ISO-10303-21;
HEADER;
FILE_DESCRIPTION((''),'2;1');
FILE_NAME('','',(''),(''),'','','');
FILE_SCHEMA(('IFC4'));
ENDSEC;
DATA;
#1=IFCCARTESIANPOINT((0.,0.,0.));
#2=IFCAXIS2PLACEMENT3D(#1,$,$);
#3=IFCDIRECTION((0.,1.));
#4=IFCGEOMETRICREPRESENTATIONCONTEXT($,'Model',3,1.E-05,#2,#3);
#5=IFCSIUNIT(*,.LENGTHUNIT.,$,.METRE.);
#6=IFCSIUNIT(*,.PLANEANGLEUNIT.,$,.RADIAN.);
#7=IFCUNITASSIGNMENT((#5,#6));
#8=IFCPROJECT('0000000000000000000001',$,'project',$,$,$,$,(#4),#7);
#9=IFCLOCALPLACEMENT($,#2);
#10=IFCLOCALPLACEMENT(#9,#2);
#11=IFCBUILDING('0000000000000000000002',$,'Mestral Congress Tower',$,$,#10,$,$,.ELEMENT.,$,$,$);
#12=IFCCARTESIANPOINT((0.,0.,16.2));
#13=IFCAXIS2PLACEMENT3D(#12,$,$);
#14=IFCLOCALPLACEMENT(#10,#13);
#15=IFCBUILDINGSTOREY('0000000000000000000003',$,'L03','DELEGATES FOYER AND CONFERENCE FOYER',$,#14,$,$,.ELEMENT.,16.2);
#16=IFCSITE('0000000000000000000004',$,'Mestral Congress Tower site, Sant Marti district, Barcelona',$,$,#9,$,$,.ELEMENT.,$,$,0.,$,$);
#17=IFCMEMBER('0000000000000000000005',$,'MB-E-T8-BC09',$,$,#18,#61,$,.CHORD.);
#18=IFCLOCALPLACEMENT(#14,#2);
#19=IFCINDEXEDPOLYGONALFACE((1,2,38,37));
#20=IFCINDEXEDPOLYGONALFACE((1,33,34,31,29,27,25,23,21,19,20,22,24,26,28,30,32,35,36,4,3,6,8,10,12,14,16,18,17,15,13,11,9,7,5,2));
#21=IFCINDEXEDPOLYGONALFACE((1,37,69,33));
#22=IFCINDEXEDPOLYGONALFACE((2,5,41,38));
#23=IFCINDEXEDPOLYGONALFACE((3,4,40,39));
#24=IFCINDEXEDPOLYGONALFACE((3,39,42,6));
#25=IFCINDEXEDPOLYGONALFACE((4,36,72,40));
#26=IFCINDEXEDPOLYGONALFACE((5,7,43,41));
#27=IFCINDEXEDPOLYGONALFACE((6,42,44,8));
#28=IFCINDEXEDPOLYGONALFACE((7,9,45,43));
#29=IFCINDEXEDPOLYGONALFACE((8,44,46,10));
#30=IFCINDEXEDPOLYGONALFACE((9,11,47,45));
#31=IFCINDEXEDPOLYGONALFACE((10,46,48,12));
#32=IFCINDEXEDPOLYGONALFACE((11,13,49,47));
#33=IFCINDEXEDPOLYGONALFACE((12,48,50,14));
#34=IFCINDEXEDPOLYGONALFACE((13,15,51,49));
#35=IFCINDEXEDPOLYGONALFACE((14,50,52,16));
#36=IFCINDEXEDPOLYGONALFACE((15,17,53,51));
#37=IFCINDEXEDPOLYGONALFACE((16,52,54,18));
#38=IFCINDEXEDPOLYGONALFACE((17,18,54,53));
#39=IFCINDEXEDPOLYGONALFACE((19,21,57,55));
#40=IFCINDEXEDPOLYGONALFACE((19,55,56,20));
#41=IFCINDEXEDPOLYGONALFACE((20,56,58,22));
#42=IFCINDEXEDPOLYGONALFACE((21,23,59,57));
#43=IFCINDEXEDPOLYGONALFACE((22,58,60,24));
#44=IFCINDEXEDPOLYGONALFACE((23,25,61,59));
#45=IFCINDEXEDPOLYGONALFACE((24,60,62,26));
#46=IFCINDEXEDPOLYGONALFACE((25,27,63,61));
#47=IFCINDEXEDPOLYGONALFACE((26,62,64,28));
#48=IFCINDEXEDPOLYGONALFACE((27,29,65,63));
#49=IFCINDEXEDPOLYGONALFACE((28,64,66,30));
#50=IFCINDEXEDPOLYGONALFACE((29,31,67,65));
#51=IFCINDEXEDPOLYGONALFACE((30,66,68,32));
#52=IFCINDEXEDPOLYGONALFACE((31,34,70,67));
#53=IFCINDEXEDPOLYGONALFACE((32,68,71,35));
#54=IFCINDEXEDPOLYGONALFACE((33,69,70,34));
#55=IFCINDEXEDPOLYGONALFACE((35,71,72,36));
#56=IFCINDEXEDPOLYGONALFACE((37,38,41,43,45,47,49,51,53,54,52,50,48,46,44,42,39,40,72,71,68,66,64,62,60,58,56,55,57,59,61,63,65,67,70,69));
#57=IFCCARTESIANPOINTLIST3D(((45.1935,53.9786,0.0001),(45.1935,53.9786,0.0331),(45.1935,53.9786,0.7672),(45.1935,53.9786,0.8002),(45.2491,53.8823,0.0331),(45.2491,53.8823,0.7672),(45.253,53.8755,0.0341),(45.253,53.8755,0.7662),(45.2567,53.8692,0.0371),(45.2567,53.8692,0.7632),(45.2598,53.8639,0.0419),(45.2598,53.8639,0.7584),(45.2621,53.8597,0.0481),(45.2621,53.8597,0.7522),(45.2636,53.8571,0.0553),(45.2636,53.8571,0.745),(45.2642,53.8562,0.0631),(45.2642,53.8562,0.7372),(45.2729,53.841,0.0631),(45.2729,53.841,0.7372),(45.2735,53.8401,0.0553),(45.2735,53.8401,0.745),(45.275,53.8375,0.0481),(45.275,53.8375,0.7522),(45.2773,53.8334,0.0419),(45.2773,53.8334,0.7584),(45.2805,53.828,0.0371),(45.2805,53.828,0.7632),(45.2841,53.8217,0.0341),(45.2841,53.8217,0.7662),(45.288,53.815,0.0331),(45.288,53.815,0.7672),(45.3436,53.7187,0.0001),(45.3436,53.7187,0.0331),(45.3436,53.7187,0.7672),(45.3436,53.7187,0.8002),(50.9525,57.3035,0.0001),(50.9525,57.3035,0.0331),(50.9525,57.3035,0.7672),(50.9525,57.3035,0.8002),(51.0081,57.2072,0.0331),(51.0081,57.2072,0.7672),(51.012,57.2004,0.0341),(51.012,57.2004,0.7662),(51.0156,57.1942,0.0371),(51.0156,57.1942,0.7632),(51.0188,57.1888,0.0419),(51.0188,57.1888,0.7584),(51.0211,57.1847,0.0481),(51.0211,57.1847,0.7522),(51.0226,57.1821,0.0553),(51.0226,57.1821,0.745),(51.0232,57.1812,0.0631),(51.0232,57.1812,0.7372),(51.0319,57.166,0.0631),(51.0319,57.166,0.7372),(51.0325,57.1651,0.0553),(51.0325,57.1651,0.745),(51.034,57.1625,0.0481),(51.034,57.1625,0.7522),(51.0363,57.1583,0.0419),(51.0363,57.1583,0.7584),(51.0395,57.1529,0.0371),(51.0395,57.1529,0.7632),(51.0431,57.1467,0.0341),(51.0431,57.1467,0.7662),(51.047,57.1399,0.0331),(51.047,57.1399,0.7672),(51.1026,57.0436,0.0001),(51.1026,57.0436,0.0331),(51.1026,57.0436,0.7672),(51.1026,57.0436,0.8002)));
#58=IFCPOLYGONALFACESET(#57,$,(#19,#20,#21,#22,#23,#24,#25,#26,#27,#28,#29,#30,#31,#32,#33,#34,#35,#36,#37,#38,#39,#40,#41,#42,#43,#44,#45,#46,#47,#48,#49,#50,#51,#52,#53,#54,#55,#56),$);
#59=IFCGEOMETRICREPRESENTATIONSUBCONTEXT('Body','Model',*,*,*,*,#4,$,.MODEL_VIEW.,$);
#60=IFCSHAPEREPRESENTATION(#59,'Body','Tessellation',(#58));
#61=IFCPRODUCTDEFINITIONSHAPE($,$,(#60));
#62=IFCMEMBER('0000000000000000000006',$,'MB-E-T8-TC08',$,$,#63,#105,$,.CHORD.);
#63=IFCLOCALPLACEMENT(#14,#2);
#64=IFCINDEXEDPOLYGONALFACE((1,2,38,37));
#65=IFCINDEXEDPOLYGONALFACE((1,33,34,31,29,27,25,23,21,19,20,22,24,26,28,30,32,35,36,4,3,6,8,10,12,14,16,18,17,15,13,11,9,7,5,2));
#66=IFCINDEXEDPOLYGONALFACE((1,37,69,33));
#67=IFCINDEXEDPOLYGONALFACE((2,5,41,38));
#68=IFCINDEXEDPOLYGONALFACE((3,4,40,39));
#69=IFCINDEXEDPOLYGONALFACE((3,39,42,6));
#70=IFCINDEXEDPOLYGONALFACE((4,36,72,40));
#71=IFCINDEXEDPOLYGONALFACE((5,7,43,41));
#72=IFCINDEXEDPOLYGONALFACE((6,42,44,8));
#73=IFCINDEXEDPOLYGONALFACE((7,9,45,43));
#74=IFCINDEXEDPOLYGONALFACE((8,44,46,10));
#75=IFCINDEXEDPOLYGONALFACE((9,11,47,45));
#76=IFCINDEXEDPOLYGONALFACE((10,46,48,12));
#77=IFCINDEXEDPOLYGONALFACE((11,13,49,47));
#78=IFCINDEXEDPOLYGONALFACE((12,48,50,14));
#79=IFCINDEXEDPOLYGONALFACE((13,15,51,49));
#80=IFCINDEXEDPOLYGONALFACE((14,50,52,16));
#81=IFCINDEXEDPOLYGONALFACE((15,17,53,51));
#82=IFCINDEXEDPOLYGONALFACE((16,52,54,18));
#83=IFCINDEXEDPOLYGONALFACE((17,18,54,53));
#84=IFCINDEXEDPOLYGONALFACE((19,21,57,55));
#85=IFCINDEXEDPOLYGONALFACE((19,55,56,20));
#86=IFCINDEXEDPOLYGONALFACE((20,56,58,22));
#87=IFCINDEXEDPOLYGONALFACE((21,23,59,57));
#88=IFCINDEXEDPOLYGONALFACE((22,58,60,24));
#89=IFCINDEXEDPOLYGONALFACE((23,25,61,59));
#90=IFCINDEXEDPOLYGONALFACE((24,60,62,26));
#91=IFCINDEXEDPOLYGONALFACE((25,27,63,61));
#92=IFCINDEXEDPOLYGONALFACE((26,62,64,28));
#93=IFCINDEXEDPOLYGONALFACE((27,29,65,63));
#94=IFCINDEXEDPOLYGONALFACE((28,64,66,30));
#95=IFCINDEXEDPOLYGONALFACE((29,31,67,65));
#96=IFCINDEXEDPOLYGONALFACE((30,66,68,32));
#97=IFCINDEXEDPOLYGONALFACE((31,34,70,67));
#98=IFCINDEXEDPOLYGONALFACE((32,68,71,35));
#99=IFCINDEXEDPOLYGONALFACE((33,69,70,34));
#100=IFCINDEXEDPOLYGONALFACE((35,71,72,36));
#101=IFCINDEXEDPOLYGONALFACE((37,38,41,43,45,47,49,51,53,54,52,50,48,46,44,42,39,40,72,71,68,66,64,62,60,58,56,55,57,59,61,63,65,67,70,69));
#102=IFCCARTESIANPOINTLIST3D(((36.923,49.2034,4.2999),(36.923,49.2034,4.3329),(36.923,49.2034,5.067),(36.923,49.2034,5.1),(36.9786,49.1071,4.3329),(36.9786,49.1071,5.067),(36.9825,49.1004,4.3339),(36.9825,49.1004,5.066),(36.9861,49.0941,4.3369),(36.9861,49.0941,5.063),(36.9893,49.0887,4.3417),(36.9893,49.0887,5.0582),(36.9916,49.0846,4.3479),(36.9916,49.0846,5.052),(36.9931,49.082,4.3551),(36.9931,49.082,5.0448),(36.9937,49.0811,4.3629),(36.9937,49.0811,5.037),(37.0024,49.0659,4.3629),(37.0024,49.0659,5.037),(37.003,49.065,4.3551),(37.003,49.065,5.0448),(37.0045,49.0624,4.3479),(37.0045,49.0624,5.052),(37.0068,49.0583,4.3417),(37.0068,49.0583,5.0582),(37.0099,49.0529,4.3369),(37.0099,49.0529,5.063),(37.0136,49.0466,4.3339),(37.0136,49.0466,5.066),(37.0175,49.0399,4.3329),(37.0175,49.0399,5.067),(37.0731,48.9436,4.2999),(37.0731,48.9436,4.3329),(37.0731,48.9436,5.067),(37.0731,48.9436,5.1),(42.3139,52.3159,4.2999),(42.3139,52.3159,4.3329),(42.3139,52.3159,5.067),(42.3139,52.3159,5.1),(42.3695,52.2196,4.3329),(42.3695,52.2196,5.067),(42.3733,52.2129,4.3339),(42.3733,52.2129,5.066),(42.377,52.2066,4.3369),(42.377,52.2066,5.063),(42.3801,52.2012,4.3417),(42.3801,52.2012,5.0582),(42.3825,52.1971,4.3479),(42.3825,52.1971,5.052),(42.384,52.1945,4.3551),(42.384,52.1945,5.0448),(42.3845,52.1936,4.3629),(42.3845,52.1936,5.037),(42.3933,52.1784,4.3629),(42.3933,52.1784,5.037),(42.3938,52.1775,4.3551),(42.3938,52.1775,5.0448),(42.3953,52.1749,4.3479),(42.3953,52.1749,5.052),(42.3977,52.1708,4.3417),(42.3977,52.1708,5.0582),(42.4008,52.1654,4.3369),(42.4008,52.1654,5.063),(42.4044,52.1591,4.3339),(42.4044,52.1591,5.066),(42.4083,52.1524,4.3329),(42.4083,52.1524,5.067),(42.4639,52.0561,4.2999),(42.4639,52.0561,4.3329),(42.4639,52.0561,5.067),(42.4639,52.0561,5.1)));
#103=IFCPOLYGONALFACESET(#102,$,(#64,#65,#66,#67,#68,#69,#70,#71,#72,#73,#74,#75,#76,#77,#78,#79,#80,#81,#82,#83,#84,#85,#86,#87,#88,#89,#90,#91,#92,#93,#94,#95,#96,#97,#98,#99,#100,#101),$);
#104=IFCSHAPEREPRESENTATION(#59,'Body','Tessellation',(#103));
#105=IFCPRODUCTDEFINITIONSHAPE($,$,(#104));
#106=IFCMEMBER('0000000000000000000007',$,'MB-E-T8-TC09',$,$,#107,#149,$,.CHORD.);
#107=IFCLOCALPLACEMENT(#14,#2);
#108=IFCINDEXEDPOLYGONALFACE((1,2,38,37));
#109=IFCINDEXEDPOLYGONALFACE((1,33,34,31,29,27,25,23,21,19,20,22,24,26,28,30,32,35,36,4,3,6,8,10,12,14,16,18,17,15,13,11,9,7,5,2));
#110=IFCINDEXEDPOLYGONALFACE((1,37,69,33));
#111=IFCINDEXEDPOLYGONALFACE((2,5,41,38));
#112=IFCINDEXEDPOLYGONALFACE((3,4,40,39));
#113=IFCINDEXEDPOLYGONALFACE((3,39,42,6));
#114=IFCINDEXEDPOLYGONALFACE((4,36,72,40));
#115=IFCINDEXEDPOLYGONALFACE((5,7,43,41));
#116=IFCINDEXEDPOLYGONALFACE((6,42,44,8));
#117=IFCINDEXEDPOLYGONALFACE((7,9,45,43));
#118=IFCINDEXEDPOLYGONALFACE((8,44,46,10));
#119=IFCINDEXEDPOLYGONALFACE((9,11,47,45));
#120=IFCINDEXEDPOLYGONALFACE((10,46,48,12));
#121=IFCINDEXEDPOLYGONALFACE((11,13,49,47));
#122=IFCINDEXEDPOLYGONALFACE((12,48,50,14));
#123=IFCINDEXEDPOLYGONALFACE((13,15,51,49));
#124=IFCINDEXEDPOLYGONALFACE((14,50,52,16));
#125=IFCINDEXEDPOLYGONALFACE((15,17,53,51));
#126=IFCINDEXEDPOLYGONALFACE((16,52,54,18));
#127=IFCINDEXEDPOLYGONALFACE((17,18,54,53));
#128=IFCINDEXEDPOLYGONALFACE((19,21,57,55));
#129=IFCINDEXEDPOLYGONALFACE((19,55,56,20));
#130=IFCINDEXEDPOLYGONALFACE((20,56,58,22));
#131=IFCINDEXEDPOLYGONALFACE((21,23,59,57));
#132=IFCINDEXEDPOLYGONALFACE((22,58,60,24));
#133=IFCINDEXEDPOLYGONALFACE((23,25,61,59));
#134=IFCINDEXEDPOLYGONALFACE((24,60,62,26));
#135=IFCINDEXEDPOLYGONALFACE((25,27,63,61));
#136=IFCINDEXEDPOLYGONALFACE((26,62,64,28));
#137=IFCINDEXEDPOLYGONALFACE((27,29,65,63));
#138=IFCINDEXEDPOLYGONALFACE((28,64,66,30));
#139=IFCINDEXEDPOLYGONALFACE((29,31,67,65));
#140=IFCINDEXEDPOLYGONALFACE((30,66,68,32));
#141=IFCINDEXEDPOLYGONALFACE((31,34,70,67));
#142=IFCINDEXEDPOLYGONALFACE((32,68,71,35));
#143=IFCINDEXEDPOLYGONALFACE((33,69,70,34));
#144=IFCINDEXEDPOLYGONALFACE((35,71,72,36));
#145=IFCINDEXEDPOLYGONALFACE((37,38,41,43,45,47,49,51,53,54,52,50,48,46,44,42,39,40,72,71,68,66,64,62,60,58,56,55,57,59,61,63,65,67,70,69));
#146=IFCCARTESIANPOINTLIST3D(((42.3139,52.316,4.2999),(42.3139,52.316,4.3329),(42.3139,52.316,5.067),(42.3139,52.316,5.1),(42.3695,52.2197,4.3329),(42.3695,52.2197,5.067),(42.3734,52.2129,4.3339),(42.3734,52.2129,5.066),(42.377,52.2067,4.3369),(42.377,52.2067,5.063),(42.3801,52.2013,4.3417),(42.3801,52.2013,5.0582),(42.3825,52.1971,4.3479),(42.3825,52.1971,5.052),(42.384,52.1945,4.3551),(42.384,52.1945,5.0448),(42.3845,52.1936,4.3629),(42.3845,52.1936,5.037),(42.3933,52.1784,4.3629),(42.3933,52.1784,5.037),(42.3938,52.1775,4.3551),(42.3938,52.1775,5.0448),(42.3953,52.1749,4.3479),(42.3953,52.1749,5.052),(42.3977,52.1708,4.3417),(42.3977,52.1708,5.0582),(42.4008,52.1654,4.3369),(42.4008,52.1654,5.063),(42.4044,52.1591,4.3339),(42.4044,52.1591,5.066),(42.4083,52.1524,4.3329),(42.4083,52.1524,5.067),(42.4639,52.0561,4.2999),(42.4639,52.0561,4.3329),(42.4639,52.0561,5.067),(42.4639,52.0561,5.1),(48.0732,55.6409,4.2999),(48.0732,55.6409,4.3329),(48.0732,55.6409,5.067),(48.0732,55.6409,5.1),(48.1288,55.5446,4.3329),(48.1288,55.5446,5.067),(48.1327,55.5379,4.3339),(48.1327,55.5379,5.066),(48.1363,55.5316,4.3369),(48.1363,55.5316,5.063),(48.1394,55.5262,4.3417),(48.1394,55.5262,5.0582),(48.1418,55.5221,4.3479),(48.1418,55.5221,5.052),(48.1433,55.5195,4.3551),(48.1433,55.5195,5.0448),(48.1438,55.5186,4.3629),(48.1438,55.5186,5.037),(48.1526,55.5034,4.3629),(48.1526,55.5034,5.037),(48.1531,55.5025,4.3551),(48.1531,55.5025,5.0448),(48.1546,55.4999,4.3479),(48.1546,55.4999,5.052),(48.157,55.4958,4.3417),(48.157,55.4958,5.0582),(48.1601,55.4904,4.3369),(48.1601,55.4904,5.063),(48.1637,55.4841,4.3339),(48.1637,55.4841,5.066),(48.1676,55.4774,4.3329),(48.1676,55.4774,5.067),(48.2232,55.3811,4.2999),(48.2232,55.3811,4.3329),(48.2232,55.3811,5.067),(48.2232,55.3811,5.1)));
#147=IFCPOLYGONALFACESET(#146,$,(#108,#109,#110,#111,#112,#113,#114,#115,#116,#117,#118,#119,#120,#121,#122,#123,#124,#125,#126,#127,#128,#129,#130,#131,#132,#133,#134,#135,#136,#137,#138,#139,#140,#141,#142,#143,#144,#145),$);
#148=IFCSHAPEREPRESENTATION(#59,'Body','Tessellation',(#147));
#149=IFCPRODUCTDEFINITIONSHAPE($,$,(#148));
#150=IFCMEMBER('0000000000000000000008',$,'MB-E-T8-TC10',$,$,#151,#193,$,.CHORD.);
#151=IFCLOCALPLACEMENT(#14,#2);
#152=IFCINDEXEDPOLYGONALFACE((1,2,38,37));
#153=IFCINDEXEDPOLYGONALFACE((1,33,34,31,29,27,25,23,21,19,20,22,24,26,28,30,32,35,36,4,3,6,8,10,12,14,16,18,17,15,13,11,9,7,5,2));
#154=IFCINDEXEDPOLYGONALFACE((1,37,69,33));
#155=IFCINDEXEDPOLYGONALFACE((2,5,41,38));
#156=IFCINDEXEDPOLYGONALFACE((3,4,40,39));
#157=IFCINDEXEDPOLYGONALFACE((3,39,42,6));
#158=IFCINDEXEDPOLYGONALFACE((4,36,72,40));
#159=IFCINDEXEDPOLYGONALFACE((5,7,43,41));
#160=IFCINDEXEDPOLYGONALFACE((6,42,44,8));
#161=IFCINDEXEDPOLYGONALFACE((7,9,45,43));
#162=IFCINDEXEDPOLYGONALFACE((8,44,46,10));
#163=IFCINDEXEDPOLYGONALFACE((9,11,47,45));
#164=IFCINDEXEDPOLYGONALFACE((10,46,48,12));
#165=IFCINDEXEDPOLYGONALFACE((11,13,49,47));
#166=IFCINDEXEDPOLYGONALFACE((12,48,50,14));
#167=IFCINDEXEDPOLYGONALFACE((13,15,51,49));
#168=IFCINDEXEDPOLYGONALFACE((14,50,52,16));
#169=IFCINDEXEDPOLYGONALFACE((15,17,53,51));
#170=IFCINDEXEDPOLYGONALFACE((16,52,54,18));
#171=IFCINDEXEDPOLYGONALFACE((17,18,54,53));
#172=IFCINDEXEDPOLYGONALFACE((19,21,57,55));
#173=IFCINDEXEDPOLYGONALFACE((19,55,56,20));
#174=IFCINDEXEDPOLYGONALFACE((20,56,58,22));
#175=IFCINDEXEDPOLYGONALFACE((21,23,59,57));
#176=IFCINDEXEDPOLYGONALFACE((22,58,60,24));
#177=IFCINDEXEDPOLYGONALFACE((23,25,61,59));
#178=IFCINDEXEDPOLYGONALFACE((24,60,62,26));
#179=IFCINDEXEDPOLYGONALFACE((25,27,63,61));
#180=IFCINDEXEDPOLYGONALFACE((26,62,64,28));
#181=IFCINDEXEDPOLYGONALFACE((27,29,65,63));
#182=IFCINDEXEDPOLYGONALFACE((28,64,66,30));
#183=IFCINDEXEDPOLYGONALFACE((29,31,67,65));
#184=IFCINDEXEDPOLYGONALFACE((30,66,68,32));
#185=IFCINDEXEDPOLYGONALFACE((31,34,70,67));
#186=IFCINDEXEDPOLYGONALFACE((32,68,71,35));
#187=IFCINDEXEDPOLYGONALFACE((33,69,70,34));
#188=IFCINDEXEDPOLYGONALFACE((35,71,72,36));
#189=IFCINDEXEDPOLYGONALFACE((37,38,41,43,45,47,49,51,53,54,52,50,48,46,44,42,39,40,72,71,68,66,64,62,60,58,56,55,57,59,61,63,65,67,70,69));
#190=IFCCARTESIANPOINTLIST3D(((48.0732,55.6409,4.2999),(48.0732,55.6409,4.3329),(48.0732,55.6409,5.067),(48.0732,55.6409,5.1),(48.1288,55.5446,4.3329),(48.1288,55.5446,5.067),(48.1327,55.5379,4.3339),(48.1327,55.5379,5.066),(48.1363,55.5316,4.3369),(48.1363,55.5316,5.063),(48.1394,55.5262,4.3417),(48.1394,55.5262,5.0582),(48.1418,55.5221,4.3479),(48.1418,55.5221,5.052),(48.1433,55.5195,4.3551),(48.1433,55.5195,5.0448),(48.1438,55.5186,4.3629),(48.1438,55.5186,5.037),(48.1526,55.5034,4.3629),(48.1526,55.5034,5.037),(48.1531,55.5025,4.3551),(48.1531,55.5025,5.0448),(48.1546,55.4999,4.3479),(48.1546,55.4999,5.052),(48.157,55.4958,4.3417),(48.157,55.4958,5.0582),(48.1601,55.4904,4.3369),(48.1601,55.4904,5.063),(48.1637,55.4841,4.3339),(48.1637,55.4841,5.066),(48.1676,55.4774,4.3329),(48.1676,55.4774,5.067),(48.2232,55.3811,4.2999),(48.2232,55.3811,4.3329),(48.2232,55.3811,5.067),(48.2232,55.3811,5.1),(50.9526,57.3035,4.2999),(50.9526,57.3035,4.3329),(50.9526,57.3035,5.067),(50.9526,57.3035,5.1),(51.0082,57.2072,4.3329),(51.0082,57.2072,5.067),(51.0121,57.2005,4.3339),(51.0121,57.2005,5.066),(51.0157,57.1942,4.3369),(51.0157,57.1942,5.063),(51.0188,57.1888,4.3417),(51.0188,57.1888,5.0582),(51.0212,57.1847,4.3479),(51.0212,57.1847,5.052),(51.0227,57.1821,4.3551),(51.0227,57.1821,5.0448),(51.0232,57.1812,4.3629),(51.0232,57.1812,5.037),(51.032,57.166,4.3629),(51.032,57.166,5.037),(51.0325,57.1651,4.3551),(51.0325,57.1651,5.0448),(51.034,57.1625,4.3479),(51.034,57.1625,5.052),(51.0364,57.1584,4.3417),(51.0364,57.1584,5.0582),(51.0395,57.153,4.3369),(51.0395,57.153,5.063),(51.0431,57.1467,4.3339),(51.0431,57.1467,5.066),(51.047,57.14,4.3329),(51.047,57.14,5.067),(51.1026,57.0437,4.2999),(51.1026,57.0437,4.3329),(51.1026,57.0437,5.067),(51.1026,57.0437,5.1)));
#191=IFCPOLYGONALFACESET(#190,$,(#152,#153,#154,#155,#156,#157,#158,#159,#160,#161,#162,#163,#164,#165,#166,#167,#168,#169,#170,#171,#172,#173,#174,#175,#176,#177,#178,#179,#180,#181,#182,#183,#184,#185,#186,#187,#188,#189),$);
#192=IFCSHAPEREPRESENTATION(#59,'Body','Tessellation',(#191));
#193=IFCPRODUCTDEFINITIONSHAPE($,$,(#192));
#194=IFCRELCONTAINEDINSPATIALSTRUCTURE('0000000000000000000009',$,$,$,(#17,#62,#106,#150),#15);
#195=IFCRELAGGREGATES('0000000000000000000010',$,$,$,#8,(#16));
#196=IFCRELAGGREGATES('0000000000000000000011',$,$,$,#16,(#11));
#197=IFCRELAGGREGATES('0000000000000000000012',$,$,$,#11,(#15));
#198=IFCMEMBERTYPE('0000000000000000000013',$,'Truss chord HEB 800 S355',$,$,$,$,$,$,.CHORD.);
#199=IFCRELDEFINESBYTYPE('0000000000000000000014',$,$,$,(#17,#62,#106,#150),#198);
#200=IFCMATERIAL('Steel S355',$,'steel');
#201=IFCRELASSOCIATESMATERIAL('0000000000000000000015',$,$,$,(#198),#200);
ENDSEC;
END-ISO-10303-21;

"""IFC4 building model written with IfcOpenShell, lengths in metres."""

from ifc_helpers import new_model, si_unit, direction, frame, origin, origin_2d, place, context, subcontext, project, spatial, i_section, extrude, material, material_profile, profile_set, type_object, element, save


model = new_model("IFC4")

# Units and contexts
model_context = context("Model", 3, precision=1e-05, world=origin(), true_north=direction((0.0, 1.0)))
body_context = subcontext(model_context, "Body", "Model", "MODEL_VIEW")
ifc_project = project(units=[si_unit("LENGTHUNIT", "METRE"), si_unit("PLANEANGLEUNIT", "RADIAN")], contexts=[model_context])

# Site, building, storey
site_placement = place(None, origin())
site = spatial("IfcSite", under=ifc_project, at=site_placement, Name="Mestral Congress Tower site, Sant Marti district, Barcelona", CompositionType="ELEMENT", RefElevation=0.0)
building_placement = place(site_placement, origin())
building = spatial("IfcBuilding", under=site, at=building_placement, Name="Mestral Congress Tower", CompositionType="ELEMENT")
storey_placement = place(building_placement, frame((0.0, 0.0, 16.2)))
storey = spatial("IfcBuildingStorey", under=building, at=storey_placement, Name="L03", Description="DELEGATES FOYER AND CONFERENCE FOYER", CompositionType="ELEMENT", Elevation=16.2)

# Members
ifc_material_1 = material(Name="Steel S355", Category="steel")
ifc_material_profile_1 = material_profile(ifc_material_1, i_section(OverallWidth=0.3, OverallDepth=0.8, WebThickness=0.0176, FlangeThickness=0.033, FilletRadius=0.03, at=origin_2d()), Name="HEB 800")
ifc_profile_set_1 = profile_set([ifc_material_profile_1], Name="Steel S355")
member_type_1 = type_object("IfcMemberType", Name="Truss chord HEB 800 S355", PredefinedType="CHORD", material=ifc_profile_set_1)
for number, where, z_axis, x_axis, name in (
    (1, (45.2686, 53.8486, 0.4001), (0.866027, 0.499997, 0.0), (-0.499997, 0.866027, 0.0), "MB-E-T8-BC09"),
):
    element("IfcMember", number, at=place(storey_placement, frame(where, z_axis=z_axis, x_axis=x_axis)), inside=storey, type_object=member_type_1, Name=name, PredefinedType="CHORD", context=body_context, shape_type="SweptSolid", body=[
        extrude(i_section(OverallWidth=0.3, OverallDepth=0.8, WebThickness=0.0176, FlangeThickness=0.033, FilletRadius=0.03, at=origin_2d()), origin(), (0.0, 0.0, 1.0), 6.6499),
    ])
member_1_placement = place(storey_placement, frame((36.998, 49.0735, 4.7), z_axis=(0.866016, 0.500016, 0.0), x_axis=(-0.500016, 0.866016, 0.0)))
element("IfcMember", 2, at=member_1_placement, inside=storey, type_object=member_type_1, Name="MB-E-T8-TC08", PredefinedType="CHORD", context=body_context, shape_type="SweptSolid", body=[
    extrude(i_section(OverallWidth=0.3, OverallDepth=0.8, WebThickness=0.0176, FlangeThickness=0.033, FilletRadius=0.03, at=origin_2d()), origin(), (0.0, 0.0, 1.0), 6.2249),
])
member_2_placement = place(storey_placement, frame((42.3889, 52.186, 4.7), z_axis=(0.866036, 0.499981, 0.0), x_axis=(-0.499981, 0.866036, 0.0)))
element("IfcMember", 3, at=member_2_placement, inside=storey, type_object=member_type_1, Name="MB-E-T8-TC09", PredefinedType="CHORD", context=body_context, shape_type="SweptSolid", body=[
    extrude(i_section(OverallWidth=0.3, OverallDepth=0.8, WebThickness=0.0176, FlangeThickness=0.033, FilletRadius=0.03, at=origin_2d()), origin(), (0.0, 0.0, 1.0), 6.6501),
])
member_3_placement = place(storey_placement, frame((48.1482, 55.511, 4.7), z_axis=(0.866002, 0.50004, 0.0), x_axis=(-0.50004, 0.866002, 0.0)))
element("IfcMember", 4, at=member_3_placement, inside=storey, type_object=member_type_1, Name="MB-E-T8-TC10", PredefinedType="CHORD", context=body_context, shape_type="SweptSolid", body=[
    extrude(i_section(OverallWidth=0.3, OverallDepth=0.8, WebThickness=0.0176, FlangeThickness=0.033, FilletRadius=0.03, at=origin_2d()), origin(), (0.0, 0.0, 1.0), 3.325),
])

save(model, "model.ifc")
